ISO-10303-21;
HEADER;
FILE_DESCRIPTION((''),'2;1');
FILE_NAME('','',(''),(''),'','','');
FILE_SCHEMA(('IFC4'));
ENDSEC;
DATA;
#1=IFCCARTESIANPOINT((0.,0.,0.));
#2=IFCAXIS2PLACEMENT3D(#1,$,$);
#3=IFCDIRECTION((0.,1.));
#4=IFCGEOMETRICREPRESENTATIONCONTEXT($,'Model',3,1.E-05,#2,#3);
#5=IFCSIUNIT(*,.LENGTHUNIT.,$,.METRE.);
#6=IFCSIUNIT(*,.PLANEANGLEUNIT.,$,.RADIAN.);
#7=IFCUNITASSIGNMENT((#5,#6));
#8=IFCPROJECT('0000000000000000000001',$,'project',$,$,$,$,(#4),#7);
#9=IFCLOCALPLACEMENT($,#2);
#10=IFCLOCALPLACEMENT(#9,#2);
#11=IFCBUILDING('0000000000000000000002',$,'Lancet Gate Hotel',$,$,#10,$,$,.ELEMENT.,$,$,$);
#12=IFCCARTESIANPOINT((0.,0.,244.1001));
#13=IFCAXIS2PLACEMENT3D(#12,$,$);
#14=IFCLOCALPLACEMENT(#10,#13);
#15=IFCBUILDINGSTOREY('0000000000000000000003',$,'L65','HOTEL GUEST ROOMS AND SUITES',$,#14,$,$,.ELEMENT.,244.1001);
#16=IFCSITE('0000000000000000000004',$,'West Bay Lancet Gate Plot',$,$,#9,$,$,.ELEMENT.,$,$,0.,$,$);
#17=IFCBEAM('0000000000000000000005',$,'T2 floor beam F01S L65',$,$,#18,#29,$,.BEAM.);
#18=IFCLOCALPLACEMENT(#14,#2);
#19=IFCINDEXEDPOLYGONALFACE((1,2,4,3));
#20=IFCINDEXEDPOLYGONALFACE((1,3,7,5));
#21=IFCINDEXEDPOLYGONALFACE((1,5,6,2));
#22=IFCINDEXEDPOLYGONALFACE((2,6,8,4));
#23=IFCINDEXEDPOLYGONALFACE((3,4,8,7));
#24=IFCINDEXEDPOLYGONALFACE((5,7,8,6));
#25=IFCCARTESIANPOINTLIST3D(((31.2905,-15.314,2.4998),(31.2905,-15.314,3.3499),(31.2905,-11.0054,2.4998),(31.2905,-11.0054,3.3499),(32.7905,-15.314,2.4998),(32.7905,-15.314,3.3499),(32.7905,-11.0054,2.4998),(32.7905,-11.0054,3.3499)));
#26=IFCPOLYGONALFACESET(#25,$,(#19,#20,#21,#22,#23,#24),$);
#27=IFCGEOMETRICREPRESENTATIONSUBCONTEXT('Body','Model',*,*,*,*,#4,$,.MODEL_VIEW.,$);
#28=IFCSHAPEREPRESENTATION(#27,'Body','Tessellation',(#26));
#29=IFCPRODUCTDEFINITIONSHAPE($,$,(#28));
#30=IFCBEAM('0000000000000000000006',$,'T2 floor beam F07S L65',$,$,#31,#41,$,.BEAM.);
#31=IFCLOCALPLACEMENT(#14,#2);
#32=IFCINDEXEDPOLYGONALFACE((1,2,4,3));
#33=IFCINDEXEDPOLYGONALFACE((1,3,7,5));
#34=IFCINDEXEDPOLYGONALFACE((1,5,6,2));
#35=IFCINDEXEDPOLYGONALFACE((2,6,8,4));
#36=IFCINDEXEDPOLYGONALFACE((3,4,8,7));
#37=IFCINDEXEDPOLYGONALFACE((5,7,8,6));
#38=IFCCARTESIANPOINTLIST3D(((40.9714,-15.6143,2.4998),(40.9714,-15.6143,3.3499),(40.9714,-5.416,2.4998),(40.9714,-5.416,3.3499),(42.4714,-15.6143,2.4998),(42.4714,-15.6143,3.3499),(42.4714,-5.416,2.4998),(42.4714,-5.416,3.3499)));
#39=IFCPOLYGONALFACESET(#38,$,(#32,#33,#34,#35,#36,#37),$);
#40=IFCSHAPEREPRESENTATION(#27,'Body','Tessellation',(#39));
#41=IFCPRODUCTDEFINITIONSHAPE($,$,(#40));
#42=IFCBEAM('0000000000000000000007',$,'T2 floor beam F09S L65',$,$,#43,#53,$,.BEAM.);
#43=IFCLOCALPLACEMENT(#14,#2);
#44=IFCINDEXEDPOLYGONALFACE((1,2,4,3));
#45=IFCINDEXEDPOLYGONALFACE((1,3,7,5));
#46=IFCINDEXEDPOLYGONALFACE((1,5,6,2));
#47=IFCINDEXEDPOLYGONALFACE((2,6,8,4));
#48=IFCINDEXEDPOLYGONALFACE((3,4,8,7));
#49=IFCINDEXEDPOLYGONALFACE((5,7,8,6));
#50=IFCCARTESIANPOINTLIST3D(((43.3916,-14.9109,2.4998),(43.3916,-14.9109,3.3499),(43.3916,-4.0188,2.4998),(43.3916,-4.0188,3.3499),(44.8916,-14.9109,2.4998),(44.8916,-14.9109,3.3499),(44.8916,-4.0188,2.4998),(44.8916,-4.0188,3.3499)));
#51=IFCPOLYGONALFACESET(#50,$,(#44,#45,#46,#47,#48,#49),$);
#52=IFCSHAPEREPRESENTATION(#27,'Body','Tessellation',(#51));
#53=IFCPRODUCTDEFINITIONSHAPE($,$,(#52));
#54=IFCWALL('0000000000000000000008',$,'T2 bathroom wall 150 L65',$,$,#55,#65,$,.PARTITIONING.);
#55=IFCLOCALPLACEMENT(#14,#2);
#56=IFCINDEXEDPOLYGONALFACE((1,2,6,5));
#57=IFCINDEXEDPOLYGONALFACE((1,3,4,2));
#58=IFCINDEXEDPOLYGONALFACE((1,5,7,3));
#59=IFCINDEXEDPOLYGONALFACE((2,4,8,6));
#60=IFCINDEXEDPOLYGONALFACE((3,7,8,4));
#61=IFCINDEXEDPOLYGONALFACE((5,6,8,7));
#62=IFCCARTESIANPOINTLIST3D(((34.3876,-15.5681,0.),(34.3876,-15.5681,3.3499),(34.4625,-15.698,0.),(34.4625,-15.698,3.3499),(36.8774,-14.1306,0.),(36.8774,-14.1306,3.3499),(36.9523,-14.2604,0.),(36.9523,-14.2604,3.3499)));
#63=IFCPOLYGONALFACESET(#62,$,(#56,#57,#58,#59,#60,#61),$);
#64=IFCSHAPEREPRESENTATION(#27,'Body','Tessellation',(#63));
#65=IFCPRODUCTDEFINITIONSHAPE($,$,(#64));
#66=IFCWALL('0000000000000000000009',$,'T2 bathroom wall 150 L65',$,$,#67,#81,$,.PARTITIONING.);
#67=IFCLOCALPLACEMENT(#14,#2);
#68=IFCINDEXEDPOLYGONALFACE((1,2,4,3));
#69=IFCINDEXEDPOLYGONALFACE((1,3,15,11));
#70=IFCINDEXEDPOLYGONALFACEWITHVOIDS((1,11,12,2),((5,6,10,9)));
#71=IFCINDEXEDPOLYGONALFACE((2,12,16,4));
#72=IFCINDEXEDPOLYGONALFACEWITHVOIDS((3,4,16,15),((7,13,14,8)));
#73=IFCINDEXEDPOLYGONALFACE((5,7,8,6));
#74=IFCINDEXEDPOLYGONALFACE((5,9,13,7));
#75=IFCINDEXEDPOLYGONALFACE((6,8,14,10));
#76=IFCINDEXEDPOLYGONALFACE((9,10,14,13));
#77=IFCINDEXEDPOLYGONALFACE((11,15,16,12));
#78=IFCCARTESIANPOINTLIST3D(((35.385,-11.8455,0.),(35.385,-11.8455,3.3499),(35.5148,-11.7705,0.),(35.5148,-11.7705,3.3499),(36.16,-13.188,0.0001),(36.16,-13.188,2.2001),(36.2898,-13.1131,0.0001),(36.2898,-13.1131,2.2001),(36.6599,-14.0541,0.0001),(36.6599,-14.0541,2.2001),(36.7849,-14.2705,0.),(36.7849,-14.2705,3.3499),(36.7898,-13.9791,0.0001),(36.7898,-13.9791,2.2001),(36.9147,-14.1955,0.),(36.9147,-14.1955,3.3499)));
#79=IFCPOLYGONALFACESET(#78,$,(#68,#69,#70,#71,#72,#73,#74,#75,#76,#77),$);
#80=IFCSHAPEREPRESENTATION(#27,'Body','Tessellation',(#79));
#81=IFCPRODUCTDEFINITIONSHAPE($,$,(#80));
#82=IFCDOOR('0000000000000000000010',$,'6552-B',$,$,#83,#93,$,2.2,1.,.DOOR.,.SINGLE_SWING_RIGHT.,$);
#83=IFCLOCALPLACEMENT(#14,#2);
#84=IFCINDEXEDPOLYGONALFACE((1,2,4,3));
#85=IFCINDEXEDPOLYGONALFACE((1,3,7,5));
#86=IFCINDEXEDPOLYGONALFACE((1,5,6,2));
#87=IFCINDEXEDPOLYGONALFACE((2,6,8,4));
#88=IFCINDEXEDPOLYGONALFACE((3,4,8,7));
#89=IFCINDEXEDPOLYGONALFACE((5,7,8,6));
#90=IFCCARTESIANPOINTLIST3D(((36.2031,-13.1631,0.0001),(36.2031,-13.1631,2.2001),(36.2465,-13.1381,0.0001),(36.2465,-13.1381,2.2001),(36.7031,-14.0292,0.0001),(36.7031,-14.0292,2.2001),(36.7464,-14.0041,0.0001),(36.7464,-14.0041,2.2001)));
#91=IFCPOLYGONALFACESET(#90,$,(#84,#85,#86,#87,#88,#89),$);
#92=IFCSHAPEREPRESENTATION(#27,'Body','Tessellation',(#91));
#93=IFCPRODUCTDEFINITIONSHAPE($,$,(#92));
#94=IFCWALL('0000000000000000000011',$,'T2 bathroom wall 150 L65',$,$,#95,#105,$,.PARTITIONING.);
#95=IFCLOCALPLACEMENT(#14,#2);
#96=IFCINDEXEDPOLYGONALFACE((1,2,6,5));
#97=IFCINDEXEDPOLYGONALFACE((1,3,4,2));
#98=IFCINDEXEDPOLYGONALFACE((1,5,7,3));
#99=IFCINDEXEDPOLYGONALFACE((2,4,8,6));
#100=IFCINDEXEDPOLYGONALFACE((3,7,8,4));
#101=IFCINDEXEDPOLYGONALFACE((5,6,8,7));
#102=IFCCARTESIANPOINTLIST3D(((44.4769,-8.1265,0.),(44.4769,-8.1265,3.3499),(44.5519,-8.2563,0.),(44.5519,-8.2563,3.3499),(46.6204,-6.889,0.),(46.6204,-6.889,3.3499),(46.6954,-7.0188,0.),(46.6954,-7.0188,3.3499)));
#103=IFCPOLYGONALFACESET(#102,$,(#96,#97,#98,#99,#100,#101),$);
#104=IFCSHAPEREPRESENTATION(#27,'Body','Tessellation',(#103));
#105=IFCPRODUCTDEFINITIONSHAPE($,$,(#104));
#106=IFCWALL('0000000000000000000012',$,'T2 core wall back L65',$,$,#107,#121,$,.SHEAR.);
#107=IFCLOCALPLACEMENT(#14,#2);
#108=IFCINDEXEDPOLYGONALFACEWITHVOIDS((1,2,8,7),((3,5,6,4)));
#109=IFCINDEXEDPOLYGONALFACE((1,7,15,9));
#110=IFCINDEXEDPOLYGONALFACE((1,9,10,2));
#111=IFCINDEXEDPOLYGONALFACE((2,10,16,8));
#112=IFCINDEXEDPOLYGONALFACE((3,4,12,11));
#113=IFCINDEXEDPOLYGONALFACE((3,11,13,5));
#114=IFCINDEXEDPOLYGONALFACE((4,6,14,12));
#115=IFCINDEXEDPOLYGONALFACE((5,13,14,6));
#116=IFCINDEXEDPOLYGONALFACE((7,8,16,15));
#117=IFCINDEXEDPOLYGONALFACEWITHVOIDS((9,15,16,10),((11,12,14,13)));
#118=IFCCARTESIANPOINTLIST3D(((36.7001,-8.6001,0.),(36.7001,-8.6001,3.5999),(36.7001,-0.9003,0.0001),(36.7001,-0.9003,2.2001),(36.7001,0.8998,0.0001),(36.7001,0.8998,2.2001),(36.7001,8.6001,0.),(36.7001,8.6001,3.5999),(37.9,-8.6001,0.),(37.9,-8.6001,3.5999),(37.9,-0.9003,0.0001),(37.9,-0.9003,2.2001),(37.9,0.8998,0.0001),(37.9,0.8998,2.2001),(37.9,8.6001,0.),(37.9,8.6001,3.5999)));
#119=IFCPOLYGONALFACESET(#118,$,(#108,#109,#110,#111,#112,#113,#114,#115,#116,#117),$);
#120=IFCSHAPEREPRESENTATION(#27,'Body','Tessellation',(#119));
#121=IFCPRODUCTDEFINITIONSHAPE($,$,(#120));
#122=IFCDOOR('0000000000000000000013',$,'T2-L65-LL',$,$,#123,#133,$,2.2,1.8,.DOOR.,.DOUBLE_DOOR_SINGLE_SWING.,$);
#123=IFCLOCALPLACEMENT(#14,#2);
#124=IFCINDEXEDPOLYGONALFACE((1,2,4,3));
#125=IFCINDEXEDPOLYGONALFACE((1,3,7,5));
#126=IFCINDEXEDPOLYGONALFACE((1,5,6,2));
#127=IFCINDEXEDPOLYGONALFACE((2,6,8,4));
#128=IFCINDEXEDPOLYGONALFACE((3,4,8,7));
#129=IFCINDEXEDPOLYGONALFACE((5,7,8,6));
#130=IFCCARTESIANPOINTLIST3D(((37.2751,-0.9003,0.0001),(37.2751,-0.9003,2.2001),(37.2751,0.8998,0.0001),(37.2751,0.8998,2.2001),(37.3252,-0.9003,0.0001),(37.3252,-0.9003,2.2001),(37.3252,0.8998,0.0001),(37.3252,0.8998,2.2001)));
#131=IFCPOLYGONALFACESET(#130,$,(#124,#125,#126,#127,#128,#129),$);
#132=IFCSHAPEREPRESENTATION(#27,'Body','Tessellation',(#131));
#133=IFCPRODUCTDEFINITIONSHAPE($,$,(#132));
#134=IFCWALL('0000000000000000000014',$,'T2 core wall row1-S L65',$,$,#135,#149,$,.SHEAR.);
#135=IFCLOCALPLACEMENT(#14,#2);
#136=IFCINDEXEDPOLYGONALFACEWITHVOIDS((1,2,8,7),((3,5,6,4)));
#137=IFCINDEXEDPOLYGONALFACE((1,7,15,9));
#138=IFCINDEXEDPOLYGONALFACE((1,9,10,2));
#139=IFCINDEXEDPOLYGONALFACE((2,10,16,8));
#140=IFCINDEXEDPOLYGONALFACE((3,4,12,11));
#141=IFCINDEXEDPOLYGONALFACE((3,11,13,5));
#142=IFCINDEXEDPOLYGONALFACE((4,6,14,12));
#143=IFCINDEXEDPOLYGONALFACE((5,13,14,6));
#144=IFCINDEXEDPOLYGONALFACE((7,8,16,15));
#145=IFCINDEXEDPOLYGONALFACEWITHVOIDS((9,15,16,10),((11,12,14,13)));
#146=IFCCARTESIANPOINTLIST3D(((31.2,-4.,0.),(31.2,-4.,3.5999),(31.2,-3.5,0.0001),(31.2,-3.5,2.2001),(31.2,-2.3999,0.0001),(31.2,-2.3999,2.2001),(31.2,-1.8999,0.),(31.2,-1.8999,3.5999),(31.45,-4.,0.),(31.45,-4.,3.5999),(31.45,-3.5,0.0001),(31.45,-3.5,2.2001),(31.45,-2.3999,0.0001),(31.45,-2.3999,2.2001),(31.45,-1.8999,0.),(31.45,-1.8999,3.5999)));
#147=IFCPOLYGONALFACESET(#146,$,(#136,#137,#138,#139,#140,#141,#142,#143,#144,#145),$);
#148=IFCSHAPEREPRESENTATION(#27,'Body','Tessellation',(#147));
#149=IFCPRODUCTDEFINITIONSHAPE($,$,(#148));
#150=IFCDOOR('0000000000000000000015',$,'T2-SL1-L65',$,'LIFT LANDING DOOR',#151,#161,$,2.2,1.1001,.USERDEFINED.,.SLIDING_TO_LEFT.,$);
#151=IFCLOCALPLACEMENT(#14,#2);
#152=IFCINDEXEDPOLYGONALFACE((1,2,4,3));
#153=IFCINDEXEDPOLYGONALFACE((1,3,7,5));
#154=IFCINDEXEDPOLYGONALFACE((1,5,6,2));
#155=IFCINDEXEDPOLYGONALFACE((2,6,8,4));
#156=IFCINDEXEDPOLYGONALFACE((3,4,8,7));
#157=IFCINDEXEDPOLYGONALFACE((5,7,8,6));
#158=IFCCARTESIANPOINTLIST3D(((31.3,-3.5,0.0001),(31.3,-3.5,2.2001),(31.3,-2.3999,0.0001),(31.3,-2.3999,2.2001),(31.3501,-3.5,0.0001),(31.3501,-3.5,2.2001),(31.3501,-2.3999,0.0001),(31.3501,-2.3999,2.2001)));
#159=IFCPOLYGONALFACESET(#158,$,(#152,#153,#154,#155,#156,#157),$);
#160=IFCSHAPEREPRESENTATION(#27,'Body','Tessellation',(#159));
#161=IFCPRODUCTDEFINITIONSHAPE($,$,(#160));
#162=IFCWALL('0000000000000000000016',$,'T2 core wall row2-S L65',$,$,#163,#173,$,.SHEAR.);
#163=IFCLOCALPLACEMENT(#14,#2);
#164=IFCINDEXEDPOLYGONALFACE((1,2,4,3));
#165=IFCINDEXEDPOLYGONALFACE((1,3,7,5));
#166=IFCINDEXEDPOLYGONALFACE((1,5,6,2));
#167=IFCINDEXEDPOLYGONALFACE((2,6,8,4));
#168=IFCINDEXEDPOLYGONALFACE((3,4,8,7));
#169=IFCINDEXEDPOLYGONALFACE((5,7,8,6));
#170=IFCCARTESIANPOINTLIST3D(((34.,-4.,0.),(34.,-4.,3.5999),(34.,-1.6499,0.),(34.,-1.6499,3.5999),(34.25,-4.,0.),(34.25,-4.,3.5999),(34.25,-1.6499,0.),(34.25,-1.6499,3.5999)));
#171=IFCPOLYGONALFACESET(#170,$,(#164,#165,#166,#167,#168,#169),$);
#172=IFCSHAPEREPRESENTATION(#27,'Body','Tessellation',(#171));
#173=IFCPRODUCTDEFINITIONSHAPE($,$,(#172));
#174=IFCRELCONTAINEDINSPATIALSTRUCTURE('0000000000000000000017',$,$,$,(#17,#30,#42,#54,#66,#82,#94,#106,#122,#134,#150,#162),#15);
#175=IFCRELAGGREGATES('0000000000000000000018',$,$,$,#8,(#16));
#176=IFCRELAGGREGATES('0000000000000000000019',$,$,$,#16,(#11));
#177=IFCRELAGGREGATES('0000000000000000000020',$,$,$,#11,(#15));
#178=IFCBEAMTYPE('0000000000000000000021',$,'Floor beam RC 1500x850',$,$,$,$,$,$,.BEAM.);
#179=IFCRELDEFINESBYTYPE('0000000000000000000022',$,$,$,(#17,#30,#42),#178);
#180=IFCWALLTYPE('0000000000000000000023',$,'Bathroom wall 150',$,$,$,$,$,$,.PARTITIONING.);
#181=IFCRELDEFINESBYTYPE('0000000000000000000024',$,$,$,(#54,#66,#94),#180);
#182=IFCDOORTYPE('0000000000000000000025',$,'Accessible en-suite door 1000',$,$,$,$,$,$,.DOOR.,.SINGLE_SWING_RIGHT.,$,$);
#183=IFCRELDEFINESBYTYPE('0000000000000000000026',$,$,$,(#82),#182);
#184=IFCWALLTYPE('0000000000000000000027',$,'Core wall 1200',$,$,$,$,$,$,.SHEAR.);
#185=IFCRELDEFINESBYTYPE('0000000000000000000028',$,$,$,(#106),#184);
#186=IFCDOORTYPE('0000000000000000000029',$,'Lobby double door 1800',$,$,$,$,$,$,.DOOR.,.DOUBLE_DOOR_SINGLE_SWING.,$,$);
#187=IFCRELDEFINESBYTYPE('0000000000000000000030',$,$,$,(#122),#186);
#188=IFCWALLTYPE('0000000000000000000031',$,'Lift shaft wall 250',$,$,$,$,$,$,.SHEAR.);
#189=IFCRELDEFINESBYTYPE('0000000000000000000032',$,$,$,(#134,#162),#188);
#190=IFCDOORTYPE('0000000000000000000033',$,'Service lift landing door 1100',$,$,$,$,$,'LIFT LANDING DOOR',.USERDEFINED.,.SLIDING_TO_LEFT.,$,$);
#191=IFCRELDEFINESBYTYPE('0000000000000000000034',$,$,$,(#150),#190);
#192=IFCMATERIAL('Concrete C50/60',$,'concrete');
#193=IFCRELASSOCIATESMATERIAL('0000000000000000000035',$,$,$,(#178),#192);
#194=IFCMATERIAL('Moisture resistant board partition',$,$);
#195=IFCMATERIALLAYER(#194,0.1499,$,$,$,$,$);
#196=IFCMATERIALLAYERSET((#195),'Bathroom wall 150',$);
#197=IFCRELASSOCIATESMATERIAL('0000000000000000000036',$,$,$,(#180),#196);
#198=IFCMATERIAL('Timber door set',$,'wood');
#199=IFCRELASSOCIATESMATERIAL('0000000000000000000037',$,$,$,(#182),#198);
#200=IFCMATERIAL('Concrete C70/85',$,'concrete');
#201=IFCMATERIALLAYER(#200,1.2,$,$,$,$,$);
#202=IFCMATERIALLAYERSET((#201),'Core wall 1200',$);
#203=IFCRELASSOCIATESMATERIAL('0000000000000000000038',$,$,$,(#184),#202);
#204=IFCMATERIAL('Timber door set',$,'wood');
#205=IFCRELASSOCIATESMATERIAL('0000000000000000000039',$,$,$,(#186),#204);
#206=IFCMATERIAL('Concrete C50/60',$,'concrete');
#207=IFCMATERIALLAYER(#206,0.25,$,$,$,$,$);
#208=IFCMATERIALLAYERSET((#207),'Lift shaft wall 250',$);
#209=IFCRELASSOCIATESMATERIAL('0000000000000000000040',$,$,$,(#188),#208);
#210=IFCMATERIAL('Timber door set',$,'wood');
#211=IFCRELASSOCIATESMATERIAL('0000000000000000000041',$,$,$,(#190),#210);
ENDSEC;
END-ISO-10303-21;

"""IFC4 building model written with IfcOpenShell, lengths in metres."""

from ifc_helpers import new_model, si_unit, direction, frame, frame_2d, origin, origin_2d, place, context, subcontext, project, spatial, rectangle, extrude, material, layer, layer_set, material_profile, profile_set, type_object, element, fill, save


model = new_model("IFC4")

# Units and contexts
model_context = context("Model", 3, precision=1e-05, world=origin(), true_north=direction((0.0, 1.0)))
body_context = subcontext(model_context, "Body", "Model", "MODEL_VIEW")
ifc_project = project(units=[si_unit("LENGTHUNIT", "METRE"), si_unit("PLANEANGLEUNIT", "RADIAN")], contexts=[model_context])

# Site, building, storey
site_placement = place(None, origin())
site = spatial("IfcSite", under=ifc_project, at=site_placement, Name="West Bay Lancet Gate Plot", CompositionType="ELEMENT", RefElevation=0.0)
building_placement = place(site_placement, origin())
building = spatial("IfcBuilding", under=site, at=building_placement, Name="Lancet Gate Hotel", CompositionType="ELEMENT")
storey_placement = place(building_placement, frame((0.0, 0.0, 244.1001)))
storey = spatial("IfcBuildingStorey", under=building, at=storey_placement, Name="L65", Description="HOTEL GUEST ROOMS AND SUITES", CompositionType="ELEMENT", Elevation=244.1001)

# Beams
ifc_material_1 = material(Name="Concrete C50/60", Category="concrete")
ifc_material_profile = material_profile(ifc_material_1, rectangle(XDim=1.5, YDim=0.8501, at=origin_2d()), Name="RC 1500x850")
ifc_profile_set = profile_set([ifc_material_profile], Name="Concrete C50/60")
beam_type = type_object("IfcBeamType", Name="Floor beam RC 1500x850", PredefinedType="BEAM", material=ifc_profile_set)
beam_1_placement = place(storey_placement, frame((32.0405, -15.314, 2.9248), z_axis=(0.0, 1.0, 0.0), x_axis=(-1.0, 0.0, 0.0)))
element("IfcBeam", 1, at=beam_1_placement, inside=storey, type_object=beam_type, Name="T2 floor beam F01S L65", PredefinedType="BEAM", context=body_context, shape_type="SweptSolid", body=[
    extrude(rectangle(XDim=1.5, YDim=0.8501, at=origin_2d()), origin(), (0.0, 0.0, 1.0), 4.3086),
])
beam_2_placement = place(storey_placement, frame((41.7214, -15.6143, 2.9248), z_axis=(0.0, 1.0, 0.0), x_axis=(-1.0, 0.0, 0.0)))
element("IfcBeam", 2, at=beam_2_placement, inside=storey, type_object=beam_type, Name="T2 floor beam F07S L65", PredefinedType="BEAM", context=body_context, shape_type="SweptSolid", body=[
    extrude(rectangle(XDim=1.5, YDim=0.8501, at=origin_2d()), origin(), (0.0, 0.0, 1.0), 10.1982),
])
beam_3_placement = place(storey_placement, frame((44.1416, -14.9109, 2.9248), z_axis=(0.0, 1.0, 0.0), x_axis=(-1.0, 0.0, 0.0)))
element("IfcBeam", 3, at=beam_3_placement, inside=storey, type_object=beam_type, Name="T2 floor beam F09S L65", PredefinedType="BEAM", context=body_context, shape_type="SweptSolid", body=[
    extrude(rectangle(XDim=1.5, YDim=0.8501, at=origin_2d()), origin(), (0.0, 0.0, 1.0), 10.8921),
])

# Wall
ifc_material_2 = material(Name="Moisture resistant board partition")
ifc_layer_1 = layer(ifc_material_2, 0.1499)
ifc_layer_set_1 = layer_set([ifc_layer_1], Name="Bathroom wall 150")
wall_type_1 = type_object("IfcWallType", Name="Bathroom wall 150", PredefinedType="PARTITIONING", material=ifc_layer_set_1)
wall_1_placement = place(storey_placement, frame((34.425, -15.6331, 0.0), z_axis=(0.0, 0.0, 1.0), x_axis=(0.866019, 0.500012, 0.0)))
element("IfcWall", 4, at=wall_1_placement, inside=storey, type_object=wall_type_1, Name="T2 bathroom wall 150 L65", PredefinedType="PARTITIONING", context=body_context, shape_type="SweptSolid", body=[
    extrude(rectangle(XDim=2.875, YDim=0.1499, at=frame_2d((1.4375, 0.0))), origin(), (0.0, 0.0, 1.0), 3.3499),
])

# Wall, opening, door
wall_2_placement = place(storey_placement, frame((35.45, -11.8081, 0.0), z_axis=(0.0, 0.0, 1.0), x_axis=(0.499946, -0.866056, 0.0)))
wall_2 = element("IfcWall", 5, at=wall_2_placement, inside=storey, type_object=wall_type_1, Name="T2 bathroom wall 150 L65", PredefinedType="PARTITIONING", context=body_context, shape_type="SweptSolid", body=[
    extrude(rectangle(XDim=2.8, YDim=0.1499, at=frame_2d((1.3999, 0.0))), origin(), (0.0, 0.0, 1.0), 3.3499),
])
opening_1_placement = place(wall_2_placement, frame((1.55, 0.0, 0.0)))
opening_1 = element("IfcOpeningElement", 6, at=opening_1_placement, cuts=wall_2, PredefinedType="OPENING", context=body_context, shape_type="SweptSolid", body=[
    extrude(rectangle(XDim=1.0, YDim=2.2, at=frame_2d((0.5, 1.1001))), frame((0.0, 0.085, 0.0), z_axis=(0.0, -1.0, 0.0), x_axis=(1.0, 0.0, 0.0)), (0.0, 0.0, 1.0), 0.1699),
])
ifc_material_3 = material(Name="Timber door set", Category="wood")
door_type_1 = type_object("IfcDoorType", Name="Accessible en-suite door 1000", OperationType="SINGLE_SWING_RIGHT", PredefinedType="DOOR", material=ifc_material_3)
door_1_placement = place(opening_1_placement, origin())
door_1 = element("IfcDoor", 7, at=door_1_placement, inside=storey, type_object=door_type_1, Name="6552-B", OperationType="SINGLE_SWING_RIGHT", OverallHeight=2.2, OverallWidth=1.0, PredefinedType="DOOR", context=body_context, shape_type="SweptSolid", body=[
    extrude(rectangle(XDim=1.0, YDim=2.2, at=frame_2d((0.5, 1.1001))), frame((0.0, 0.0249, 0.0), z_axis=(0.0, -1.0, 0.0), x_axis=(1.0, 0.0, 0.0)), (0.0, 0.0, 1.0), 0.05),
])
fill(opening_1, door_1)

# Wall
wall_3_placement = place(storey_placement, frame((44.5144, -8.1914, 0.0), z_axis=(0.0, 0.0, 1.0), x_axis=(0.866031, 0.49999, 0.0)))
element("IfcWall", 8, at=wall_3_placement, inside=storey, type_object=wall_type_1, Name="T2 bathroom wall 150 L65", PredefinedType="PARTITIONING", context=body_context, shape_type="SweptSolid", body=[
    extrude(rectangle(XDim=2.4751, YDim=0.1499, at=frame_2d((1.2375, 0.0))), origin(), (0.0, 0.0, 1.0), 3.3499),
])

# Walls, openings, doors
ifc_material_4 = material(Name="Concrete C70/85", Category="concrete")
ifc_layer_2 = layer(ifc_material_4, 1.2)
ifc_layer_set_2 = layer_set([ifc_layer_2], Name="Core wall 1200")
wall_type_2 = type_object("IfcWallType", Name="Core wall 1200", PredefinedType="SHEAR", material=ifc_layer_set_2)
wall_4_placement = place(storey_placement, frame((37.3, -8.6001, 0.0), z_axis=(0.0, 0.0, 1.0), x_axis=(0.0, 1.0, 0.0)))
wall_4 = element("IfcWall", 9, at=wall_4_placement, inside=storey, type_object=wall_type_2, Name="T2 core wall back L65", PredefinedType="SHEAR", context=body_context, shape_type="SweptSolid", body=[
    extrude(rectangle(XDim=17.2002, YDim=1.2, at=frame_2d((8.6001, 0.0))), origin(), (0.0, 0.0, 1.0), 3.5999),
])
opening_2_placement = place(wall_4_placement, frame((7.7, 0.0, 0.0)))
opening_2 = element("IfcOpeningElement", 10, at=opening_2_placement, cuts=wall_4, PredefinedType="OPENING", context=body_context, shape_type="SweptSolid", body=[
    extrude(rectangle(XDim=1.8, YDim=2.2, at=frame_2d((0.8999, 1.1001))), frame((0.0, 0.6099, 0.0), z_axis=(0.0, -1.0, 0.0), x_axis=(1.0, 0.0, 0.0)), (0.0, 0.0, 1.0), 1.22),
])
ifc_material_5 = material(Name="Timber door set", Category="wood")
door_type_2 = type_object("IfcDoorType", Name="Lobby double door 1800", OperationType="DOUBLE_DOOR_SINGLE_SWING", PredefinedType="DOOR", material=ifc_material_5)
door_2_placement = place(opening_2_placement, origin())
door_2 = element("IfcDoor", 11, at=door_2_placement, inside=storey, type_object=door_type_2, Name="T2-L65-LL", OperationType="DOUBLE_DOOR_SINGLE_SWING", OverallHeight=2.2, OverallWidth=1.8, PredefinedType="DOOR", context=body_context, shape_type="SweptSolid", body=[
    extrude(rectangle(XDim=1.8, YDim=2.2, at=frame_2d((0.8999, 1.1001))), frame((0.0, 0.0249, 0.0), z_axis=(0.0, -1.0, 0.0), x_axis=(1.0, 0.0, 0.0)), (0.0, 0.0, 1.0), 0.05),
])
fill(opening_2, door_2)
ifc_material_6 = material(Name="Concrete C50/60", Category="concrete")
ifc_layer_3 = layer(ifc_material_6, 0.25)
ifc_layer_set_3 = layer_set([ifc_layer_3], Name="Lift shaft wall 250")
wall_type_3 = type_object("IfcWallType", Name="Lift shaft wall 250", PredefinedType="SHEAR", material=ifc_layer_set_3)
wall_5_placement = place(storey_placement, frame((31.325, -4.0, 0.0), z_axis=(0.0, 0.0, 1.0), x_axis=(0.0, 1.0, 0.0)))
wall_5 = element("IfcWall", 12, at=wall_5_placement, inside=storey, type_object=wall_type_3, Name="T2 core wall row1-S L65", PredefinedType="SHEAR", context=body_context, shape_type="SweptSolid", body=[
    extrude(rectangle(XDim=2.1001, YDim=0.25, at=frame_2d((1.05, 0.0))), origin(), (0.0, 0.0, 1.0), 3.5999),
])
opening_3_placement = place(wall_5_placement, frame((0.5, 0.0, 0.0)))
opening_3 = element("IfcOpeningElement", 13, at=opening_3_placement, cuts=wall_5, PredefinedType="OPENING", context=body_context, shape_type="SweptSolid", body=[
    extrude(rectangle(XDim=1.1001, YDim=2.2, at=frame_2d((0.55, 1.1001))), frame((0.0, 0.135, 0.0), z_axis=(0.0, -1.0, 0.0), x_axis=(1.0, 0.0, 0.0)), (0.0, 0.0, 1.0), 0.27),
])
ifc_material_7 = material(Name="Timber door set", Category="wood")
door_type_3 = type_object("IfcDoorType", Name="Service lift landing door 1100", ElementType="LIFT LANDING DOOR", OperationType="SLIDING_TO_LEFT", PredefinedType="USERDEFINED", material=ifc_material_7)
door_3_placement = place(opening_3_placement, origin())
door_3 = element("IfcDoor", 14, at=door_3_placement, inside=storey, type_object=door_type_3, Name="T2-SL1-L65", ObjectType="LIFT LANDING DOOR", OperationType="SLIDING_TO_LEFT", OverallHeight=2.2, OverallWidth=1.1001, PredefinedType="USERDEFINED", context=body_context, shape_type="SweptSolid", body=[
    extrude(rectangle(XDim=1.1001, YDim=2.2, at=frame_2d((0.55, 1.1001))), frame((0.0, 0.0249, 0.0), z_axis=(0.0, -1.0, 0.0), x_axis=(1.0, 0.0, 0.0)), (0.0, 0.0, 1.0), 0.05),
])
fill(opening_3, door_3)

# Wall
wall_6_placement = place(storey_placement, frame((34.125, -4.0, 0.0), z_axis=(0.0, 0.0, 1.0), x_axis=(0.0, 1.0, 0.0)))
element("IfcWall", 15, at=wall_6_placement, inside=storey, type_object=wall_type_3, Name="T2 core wall row2-S L65", PredefinedType="SHEAR", context=body_context, shape_type="SweptSolid", body=[
    extrude(rectangle(XDim=2.3501, YDim=0.25, at=frame_2d((1.175, 0.0))), origin(), (0.0, 0.0, 1.0), 3.5999),
])

save(model, "model.ifc")
